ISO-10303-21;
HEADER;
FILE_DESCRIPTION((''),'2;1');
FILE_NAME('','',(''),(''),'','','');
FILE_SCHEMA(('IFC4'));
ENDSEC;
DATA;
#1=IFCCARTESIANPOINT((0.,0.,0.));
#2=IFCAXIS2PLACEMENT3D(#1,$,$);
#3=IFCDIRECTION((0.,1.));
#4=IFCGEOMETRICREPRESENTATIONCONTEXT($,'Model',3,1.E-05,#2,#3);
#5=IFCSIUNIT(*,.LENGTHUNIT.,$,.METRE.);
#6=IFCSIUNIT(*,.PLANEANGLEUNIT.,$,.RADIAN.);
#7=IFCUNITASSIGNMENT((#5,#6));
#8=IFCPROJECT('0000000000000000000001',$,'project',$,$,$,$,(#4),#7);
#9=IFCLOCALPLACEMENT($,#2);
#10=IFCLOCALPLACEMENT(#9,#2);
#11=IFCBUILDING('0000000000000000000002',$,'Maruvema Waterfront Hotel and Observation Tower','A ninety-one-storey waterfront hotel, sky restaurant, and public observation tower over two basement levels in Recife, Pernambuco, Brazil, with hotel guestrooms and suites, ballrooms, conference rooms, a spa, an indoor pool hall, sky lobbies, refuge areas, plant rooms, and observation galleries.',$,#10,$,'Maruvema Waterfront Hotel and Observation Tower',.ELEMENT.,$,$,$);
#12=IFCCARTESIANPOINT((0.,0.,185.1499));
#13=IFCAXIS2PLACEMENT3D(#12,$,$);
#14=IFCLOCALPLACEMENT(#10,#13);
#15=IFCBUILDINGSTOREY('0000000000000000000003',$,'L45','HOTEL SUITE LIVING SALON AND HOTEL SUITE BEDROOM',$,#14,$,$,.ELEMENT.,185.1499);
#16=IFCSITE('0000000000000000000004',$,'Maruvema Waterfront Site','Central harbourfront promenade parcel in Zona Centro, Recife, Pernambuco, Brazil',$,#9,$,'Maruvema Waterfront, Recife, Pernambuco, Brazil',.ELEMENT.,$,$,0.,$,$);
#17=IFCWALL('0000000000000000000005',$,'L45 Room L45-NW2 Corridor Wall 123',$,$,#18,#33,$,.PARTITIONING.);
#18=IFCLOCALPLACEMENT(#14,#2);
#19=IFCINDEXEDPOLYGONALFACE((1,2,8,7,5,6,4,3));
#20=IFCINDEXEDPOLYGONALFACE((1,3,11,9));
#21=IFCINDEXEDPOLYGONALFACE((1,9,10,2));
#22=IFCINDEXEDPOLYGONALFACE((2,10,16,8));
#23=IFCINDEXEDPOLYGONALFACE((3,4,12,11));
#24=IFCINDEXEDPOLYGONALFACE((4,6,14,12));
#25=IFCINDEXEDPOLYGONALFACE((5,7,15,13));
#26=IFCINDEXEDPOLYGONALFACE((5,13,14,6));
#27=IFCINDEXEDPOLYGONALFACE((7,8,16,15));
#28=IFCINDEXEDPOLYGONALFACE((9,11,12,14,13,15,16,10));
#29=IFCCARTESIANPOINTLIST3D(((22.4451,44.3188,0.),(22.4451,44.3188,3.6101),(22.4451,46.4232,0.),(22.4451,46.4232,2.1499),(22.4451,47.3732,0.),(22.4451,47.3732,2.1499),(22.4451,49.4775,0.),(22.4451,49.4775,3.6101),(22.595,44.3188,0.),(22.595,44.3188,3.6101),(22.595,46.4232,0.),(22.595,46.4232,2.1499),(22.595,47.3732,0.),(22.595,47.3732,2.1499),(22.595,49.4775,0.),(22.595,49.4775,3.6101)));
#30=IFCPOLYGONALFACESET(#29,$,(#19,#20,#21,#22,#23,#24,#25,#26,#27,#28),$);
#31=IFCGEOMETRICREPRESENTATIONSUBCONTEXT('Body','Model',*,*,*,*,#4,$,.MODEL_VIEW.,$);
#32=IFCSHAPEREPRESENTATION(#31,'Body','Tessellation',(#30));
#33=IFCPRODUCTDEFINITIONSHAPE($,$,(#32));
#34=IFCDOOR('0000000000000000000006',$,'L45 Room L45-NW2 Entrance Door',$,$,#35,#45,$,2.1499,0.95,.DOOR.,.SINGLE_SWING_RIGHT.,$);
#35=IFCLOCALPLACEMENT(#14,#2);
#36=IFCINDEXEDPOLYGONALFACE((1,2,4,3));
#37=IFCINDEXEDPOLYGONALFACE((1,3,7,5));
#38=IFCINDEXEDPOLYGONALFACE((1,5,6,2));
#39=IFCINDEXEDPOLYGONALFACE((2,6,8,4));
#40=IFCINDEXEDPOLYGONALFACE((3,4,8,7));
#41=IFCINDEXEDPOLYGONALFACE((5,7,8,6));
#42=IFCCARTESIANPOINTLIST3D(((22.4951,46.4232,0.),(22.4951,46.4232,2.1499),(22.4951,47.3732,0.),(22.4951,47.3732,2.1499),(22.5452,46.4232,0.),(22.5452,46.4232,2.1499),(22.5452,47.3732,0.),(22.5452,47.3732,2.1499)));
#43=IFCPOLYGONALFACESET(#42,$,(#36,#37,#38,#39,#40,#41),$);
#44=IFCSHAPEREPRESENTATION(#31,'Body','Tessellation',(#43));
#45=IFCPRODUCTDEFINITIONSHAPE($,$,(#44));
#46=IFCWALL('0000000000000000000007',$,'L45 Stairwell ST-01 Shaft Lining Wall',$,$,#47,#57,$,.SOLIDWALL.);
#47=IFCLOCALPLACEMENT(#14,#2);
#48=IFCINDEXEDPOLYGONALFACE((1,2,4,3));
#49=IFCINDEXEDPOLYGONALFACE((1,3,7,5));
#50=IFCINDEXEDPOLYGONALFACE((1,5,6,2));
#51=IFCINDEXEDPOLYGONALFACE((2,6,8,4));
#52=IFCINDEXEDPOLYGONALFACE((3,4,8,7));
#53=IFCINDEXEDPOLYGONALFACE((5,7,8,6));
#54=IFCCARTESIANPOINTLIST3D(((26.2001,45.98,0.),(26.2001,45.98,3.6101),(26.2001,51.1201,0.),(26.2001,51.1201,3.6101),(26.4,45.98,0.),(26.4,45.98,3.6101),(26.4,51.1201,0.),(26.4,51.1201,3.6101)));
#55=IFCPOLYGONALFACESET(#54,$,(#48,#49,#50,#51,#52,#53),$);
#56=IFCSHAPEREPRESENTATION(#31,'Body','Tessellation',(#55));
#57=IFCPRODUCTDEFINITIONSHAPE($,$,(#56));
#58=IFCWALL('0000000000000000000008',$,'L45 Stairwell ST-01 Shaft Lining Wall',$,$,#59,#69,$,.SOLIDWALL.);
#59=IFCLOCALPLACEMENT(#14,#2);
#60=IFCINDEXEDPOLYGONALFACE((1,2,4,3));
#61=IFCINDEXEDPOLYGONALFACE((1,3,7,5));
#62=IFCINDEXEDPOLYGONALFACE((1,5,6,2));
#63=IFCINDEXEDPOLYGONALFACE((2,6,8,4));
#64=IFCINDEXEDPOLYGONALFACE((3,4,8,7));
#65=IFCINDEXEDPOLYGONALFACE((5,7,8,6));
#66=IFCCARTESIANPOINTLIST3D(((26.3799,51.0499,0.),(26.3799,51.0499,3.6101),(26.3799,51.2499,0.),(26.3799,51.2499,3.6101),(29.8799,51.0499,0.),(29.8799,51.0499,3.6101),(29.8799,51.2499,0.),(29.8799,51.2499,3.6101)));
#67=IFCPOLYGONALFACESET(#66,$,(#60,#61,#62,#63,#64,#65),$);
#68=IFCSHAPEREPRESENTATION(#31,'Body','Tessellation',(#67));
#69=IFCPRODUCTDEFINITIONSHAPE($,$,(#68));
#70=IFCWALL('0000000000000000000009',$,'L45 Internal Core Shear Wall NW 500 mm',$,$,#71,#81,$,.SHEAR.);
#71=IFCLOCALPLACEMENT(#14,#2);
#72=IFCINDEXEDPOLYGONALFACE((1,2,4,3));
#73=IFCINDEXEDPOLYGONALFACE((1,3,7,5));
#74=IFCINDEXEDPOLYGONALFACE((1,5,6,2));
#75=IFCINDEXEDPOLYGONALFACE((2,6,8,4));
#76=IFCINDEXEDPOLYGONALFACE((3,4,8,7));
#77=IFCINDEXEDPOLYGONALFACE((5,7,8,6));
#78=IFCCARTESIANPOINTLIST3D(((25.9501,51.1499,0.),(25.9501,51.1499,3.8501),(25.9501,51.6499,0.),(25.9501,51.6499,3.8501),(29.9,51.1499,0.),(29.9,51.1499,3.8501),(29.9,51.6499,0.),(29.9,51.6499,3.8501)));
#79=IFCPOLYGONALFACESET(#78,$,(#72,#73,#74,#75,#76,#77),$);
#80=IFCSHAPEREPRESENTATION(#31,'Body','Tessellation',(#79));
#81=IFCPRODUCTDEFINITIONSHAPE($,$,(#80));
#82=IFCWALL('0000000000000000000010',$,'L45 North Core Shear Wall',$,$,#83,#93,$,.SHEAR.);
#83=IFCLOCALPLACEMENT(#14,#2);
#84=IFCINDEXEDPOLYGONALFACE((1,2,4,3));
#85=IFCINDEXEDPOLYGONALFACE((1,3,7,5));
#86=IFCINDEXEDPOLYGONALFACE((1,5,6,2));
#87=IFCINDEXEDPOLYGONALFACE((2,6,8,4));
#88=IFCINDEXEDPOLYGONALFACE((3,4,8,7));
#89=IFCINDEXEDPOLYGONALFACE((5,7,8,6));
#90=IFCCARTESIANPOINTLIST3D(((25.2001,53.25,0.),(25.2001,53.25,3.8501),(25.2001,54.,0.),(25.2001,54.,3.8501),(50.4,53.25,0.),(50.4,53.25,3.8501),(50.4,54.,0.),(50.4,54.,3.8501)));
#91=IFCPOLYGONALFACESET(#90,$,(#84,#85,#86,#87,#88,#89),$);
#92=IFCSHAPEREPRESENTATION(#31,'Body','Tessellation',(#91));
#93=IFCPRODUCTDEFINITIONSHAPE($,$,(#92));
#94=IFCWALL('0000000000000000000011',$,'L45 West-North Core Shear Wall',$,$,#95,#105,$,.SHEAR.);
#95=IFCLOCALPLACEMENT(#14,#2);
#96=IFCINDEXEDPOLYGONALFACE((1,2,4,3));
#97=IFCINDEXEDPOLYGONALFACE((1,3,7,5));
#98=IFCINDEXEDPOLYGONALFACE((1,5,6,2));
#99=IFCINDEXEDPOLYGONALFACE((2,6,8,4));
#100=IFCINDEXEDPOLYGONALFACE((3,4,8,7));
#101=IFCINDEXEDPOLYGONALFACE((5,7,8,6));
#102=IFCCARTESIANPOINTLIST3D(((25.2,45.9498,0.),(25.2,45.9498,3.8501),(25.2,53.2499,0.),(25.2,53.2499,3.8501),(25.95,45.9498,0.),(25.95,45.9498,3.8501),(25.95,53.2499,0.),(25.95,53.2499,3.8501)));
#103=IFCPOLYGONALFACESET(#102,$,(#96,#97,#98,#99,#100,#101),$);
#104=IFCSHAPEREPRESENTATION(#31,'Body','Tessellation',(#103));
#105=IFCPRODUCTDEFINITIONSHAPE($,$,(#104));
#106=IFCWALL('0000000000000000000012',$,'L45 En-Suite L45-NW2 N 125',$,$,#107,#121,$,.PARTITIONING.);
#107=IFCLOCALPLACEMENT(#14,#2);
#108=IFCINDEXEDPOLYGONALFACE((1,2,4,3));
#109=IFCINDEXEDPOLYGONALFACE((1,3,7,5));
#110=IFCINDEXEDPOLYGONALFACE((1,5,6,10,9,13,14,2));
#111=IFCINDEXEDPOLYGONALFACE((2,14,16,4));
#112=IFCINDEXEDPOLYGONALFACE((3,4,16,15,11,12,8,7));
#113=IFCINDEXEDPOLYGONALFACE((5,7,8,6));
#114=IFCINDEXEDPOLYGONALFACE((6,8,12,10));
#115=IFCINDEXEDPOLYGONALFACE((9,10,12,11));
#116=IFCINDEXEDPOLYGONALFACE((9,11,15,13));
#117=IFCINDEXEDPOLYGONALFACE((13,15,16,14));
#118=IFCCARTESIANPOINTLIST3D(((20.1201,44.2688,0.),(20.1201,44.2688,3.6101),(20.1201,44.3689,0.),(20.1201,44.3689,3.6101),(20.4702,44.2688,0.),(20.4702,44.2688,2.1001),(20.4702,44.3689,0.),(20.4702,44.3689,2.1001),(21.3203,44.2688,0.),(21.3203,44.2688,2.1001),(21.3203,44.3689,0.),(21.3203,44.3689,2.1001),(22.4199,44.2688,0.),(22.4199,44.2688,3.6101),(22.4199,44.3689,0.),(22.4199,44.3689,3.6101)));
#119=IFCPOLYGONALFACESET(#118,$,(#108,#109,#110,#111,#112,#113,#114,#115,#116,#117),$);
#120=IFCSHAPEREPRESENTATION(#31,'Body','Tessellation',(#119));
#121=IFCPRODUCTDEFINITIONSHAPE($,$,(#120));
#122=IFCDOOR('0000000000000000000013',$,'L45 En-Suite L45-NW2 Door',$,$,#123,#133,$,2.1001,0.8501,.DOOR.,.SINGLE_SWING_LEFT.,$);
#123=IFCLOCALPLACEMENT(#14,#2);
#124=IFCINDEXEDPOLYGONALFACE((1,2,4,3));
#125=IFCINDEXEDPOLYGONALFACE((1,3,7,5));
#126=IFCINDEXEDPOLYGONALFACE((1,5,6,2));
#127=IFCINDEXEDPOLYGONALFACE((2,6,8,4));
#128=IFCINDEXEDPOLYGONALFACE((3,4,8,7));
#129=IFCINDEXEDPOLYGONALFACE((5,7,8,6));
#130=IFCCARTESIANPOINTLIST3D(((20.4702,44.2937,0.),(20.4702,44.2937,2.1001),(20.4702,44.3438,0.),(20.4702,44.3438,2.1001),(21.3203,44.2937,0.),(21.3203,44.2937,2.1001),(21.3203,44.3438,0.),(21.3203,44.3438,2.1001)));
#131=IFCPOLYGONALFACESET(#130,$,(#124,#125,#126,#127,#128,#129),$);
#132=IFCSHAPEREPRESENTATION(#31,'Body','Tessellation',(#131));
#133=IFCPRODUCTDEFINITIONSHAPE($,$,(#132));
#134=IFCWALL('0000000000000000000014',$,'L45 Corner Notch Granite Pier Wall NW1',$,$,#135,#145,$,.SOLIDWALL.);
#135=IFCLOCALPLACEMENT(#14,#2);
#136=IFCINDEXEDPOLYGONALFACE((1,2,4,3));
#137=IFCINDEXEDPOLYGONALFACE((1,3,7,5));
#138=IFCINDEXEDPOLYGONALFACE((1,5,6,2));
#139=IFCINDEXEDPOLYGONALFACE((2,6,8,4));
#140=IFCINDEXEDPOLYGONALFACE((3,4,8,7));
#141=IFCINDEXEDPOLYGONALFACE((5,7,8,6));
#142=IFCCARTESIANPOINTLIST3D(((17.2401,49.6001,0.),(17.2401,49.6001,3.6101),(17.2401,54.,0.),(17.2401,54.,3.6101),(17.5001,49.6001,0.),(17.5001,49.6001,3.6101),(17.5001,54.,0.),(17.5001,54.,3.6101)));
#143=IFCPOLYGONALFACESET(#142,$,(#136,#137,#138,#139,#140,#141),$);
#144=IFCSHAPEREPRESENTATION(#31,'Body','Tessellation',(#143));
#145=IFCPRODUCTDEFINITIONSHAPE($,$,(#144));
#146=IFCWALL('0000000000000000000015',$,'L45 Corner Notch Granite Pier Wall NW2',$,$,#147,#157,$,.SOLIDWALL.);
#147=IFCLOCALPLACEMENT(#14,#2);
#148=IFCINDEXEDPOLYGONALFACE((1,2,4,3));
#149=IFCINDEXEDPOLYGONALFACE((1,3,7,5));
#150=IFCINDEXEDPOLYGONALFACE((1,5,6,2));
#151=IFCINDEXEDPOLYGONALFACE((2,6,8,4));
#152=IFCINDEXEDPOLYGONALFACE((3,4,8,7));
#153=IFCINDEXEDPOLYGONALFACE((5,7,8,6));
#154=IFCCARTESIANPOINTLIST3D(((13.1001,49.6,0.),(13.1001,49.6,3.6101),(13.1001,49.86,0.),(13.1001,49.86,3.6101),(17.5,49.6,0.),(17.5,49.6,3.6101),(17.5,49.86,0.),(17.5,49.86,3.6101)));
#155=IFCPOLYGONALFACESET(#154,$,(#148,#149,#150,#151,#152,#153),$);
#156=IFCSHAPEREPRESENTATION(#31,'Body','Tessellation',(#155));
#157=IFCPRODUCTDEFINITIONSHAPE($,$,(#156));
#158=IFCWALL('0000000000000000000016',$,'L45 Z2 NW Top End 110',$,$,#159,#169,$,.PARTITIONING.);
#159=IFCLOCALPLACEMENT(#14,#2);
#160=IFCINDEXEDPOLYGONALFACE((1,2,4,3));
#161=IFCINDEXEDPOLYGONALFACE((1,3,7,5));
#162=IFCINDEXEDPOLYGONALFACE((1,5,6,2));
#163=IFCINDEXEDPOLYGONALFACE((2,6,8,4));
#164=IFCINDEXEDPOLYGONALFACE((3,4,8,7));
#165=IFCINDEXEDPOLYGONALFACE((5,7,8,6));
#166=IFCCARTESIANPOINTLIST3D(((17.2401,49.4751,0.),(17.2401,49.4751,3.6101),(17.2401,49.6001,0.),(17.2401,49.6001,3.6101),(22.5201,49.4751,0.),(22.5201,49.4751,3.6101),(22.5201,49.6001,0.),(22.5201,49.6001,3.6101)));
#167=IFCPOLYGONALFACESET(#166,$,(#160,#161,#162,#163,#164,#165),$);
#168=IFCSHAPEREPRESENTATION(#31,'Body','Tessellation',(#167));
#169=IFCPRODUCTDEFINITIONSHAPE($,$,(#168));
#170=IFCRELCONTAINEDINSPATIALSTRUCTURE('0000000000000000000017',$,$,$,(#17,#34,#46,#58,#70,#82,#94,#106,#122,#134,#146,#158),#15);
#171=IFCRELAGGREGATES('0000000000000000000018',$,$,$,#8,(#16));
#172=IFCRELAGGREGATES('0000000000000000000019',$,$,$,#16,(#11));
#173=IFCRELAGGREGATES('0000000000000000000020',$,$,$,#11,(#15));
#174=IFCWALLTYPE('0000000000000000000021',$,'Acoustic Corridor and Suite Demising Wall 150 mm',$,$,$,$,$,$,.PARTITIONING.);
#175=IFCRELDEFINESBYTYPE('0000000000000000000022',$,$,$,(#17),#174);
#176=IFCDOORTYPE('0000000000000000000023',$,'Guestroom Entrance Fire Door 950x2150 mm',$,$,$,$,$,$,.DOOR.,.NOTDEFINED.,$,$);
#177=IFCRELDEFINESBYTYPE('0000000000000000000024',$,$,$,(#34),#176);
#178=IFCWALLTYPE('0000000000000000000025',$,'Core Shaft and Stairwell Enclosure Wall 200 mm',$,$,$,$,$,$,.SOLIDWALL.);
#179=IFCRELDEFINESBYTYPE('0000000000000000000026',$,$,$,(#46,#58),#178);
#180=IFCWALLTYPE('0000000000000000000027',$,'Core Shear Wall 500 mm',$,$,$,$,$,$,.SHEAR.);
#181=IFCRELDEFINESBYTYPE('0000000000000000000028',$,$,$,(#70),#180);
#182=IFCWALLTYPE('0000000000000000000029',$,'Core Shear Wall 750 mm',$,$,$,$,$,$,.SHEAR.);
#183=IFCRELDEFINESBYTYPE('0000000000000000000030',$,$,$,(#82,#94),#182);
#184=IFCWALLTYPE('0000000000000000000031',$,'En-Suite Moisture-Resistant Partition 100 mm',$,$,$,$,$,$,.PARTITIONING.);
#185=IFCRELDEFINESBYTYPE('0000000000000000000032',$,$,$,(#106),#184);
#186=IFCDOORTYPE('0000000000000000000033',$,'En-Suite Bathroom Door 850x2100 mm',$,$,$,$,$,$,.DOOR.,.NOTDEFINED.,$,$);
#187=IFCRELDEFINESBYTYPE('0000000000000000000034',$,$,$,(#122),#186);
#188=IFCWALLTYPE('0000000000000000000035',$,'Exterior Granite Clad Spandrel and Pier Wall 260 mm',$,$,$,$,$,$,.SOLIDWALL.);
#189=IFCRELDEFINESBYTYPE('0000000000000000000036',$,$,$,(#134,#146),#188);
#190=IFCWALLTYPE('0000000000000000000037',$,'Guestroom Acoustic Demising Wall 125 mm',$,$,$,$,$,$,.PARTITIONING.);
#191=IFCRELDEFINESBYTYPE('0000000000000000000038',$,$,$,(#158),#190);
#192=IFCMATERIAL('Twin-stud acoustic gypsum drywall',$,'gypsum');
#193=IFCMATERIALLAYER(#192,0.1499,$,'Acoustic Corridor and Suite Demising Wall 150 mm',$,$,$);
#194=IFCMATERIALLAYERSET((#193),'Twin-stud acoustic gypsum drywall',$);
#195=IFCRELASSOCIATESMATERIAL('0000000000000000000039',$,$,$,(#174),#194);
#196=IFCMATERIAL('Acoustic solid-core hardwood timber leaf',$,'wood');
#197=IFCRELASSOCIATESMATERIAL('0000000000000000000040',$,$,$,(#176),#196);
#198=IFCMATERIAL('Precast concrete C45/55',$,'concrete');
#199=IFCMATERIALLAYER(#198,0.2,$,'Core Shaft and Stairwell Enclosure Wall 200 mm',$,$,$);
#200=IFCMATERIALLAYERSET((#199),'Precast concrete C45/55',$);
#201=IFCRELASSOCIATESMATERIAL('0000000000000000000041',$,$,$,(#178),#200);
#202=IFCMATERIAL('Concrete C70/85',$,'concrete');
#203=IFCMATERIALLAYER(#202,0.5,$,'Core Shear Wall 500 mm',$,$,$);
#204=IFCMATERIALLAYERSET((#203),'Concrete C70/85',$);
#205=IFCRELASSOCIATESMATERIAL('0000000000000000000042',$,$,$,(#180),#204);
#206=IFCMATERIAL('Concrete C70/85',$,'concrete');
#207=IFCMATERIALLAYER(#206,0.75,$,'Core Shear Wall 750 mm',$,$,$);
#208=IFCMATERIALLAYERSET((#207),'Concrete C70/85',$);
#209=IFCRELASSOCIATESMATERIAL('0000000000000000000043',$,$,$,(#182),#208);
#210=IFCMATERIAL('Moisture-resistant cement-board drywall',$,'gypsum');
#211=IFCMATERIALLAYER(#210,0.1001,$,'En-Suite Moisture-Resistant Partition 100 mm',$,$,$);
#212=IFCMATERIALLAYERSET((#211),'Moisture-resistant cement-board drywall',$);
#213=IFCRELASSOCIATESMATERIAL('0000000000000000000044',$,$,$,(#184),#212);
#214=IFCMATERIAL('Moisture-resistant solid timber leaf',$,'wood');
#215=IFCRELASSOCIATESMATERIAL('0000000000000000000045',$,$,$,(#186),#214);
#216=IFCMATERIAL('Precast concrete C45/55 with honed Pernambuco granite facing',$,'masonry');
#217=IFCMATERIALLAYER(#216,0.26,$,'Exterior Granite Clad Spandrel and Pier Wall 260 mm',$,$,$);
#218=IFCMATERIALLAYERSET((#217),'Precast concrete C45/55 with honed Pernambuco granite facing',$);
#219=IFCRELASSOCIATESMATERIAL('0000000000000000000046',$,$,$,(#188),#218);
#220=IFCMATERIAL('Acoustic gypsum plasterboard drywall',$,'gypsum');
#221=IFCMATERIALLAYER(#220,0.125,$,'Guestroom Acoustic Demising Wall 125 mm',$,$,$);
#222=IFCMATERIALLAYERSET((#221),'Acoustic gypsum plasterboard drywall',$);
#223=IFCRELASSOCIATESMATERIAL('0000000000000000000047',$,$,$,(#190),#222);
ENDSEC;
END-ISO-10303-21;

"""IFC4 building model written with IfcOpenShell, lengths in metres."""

from ifc_helpers import new_model, si_unit, direction, frame, frame_2d, origin, place, context, subcontext, project, spatial, rectangle, extrude, material, layer, layer_set, type_object, element, fill, save


model = new_model("IFC4")

# Units and contexts
model_context = context("Model", 3, precision=1e-05, world=origin(), true_north=direction((0.0, 1.0)))
body_context = subcontext(model_context, "Body", "Model", "MODEL_VIEW")
ifc_project = project(units=[si_unit("LENGTHUNIT", "METRE"), si_unit("PLANEANGLEUNIT", "RADIAN")], contexts=[model_context])

# Site, building, storey
site_placement = place(None, origin())
site = spatial("IfcSite", under=ifc_project, at=site_placement, Name="Maruvema Waterfront Site", Description="Central harbourfront promenade parcel in Zona Centro, Recife, Pernambuco, Brazil", LongName="Maruvema Waterfront, Recife, Pernambuco, Brazil", CompositionType="ELEMENT", RefElevation=0.0)
building_placement = place(site_placement, origin())
building = spatial("IfcBuilding", under=site, at=building_placement, Name="Maruvema Waterfront Hotel and Observation Tower", Description="A ninety-one-storey waterfront hotel, sky restaurant, and public observation tower over two basement levels in Recife, Pernambuco, Brazil, with hotel guestrooms and suites, ballrooms, conference rooms, a spa, an indoor pool hall, sky lobbies, refuge areas, plant rooms, and observation galleries.", LongName="Maruvema Waterfront Hotel and Observation Tower", CompositionType="ELEMENT")
storey_placement = place(building_placement, frame((0.0, 0.0, 185.1499)))
storey = spatial("IfcBuildingStorey", under=building, at=storey_placement, Name="L45", Description="HOTEL SUITE LIVING SALON AND HOTEL SUITE BEDROOM", CompositionType="ELEMENT", Elevation=185.1499)

# Wall, opening, door
ifc_material_1 = material(Name="Twin-stud acoustic gypsum drywall", Category="gypsum")
ifc_layer_1 = layer(ifc_material_1, 0.1499, Name="Acoustic Corridor and Suite Demising Wall 150 mm")
ifc_layer_set_1 = layer_set([ifc_layer_1], Name="Twin-stud acoustic gypsum drywall")
wall_type_1 = type_object("IfcWallType", Name="Acoustic Corridor and Suite Demising Wall 150 mm", PredefinedType="PARTITIONING", material=ifc_layer_set_1)
wall_1_placement = place(storey_placement, frame((22.52, 44.3188, 0.0), z_axis=(0.0, 0.0, 1.0), x_axis=(0.0, 1.0, 0.0)))
wall_1 = element("IfcWall", 1, at=wall_1_placement, inside=storey, type_object=wall_type_1, Name="L45 Room L45-NW2 Corridor Wall 123", PredefinedType="PARTITIONING", context=body_context, shape_type="SweptSolid", body=[
    extrude(rectangle(XDim=5.1587, YDim=0.1499, at=frame_2d((2.5793, 0.0))), origin(), (0.0, 0.0, 1.0), 3.6101),
])
opening_1_placement = place(wall_1_placement, frame((2.1042, 0.0, 0.0)))
opening_1 = element("IfcOpeningElement", 2, at=opening_1_placement, cuts=wall_1, PredefinedType="OPENING", context=body_context, shape_type="SweptSolid", body=[
    extrude(rectangle(XDim=0.95, YDim=2.1499, at=frame_2d((0.4751, 1.075))), frame((0.0, 0.085, 0.0), z_axis=(0.0, -1.0, 0.0), x_axis=(1.0, 0.0, 0.0)), (0.0, 0.0, 1.0), 0.1699),
])
ifc_material_2 = material(Name="Acoustic solid-core hardwood timber leaf", Category="wood")
door_type_1 = type_object("IfcDoorType", Name="Guestroom Entrance Fire Door 950x2150 mm", OperationType="NOTDEFINED", PredefinedType="DOOR", material=ifc_material_2)
door_1_placement = place(opening_1_placement, origin())
door_1 = element("IfcDoor", 3, at=door_1_placement, inside=storey, type_object=door_type_1, Name="L45 Room L45-NW2 Entrance Door", OperationType="SINGLE_SWING_RIGHT", OverallHeight=2.1499, OverallWidth=0.95, PredefinedType="DOOR", context=body_context, shape_type="SweptSolid", body=[
    extrude(rectangle(XDim=0.95, YDim=2.1499, at=frame_2d((0.4751, 1.075))), frame((0.0, 0.0249, 0.0), z_axis=(0.0, -1.0, 0.0), x_axis=(1.0, 0.0, 0.0)), (0.0, 0.0, 1.0), 0.05),
])
fill(opening_1, door_1)

# Walls
ifc_material_3 = material(Name="Precast concrete C45/55", Category="concrete")
ifc_layer_2 = layer(ifc_material_3, 0.2, Name="Core Shaft and Stairwell Enclosure Wall 200 mm")
ifc_layer_set_2 = layer_set([ifc_layer_2], Name="Precast concrete C45/55")
wall_type_2 = type_object("IfcWallType", Name="Core Shaft and Stairwell Enclosure Wall 200 mm", PredefinedType="SOLIDWALL", material=ifc_layer_set_2)
wall_2_placement = place(storey_placement, frame((26.3, 45.98, 0.0), z_axis=(0.0, 0.0, 1.0), x_axis=(0.0, 1.0, 0.0)))
element("IfcWall", 4, at=wall_2_placement, inside=storey, type_object=wall_type_2, Name="L45 Stairwell ST-01 Shaft Lining Wall", PredefinedType="SOLIDWALL", context=body_context, shape_type="SweptSolid", body=[
    extrude(rectangle(XDim=5.1401, YDim=0.2, at=frame_2d((2.5701, 0.0))), origin(), (0.0, 0.0, 1.0), 3.6101),
])
wall_3_placement = place(storey_placement, frame((26.3799, 51.1499, 0.0), z_axis=(0.0, 0.0, 1.0), x_axis=(1.0, 0.0, 0.0)))
element("IfcWall", 5, at=wall_3_placement, inside=storey, type_object=wall_type_2, Name="L45 Stairwell ST-01 Shaft Lining Wall", PredefinedType="SOLIDWALL", context=body_context, shape_type="SweptSolid", body=[
    extrude(rectangle(XDim=3.5, YDim=0.2, at=frame_2d((1.75, 0.0))), origin(), (0.0, 0.0, 1.0), 3.6101),
])
ifc_material_4 = material(Name="Concrete C70/85", Category="concrete")
ifc_layer_3 = layer(ifc_material_4, 0.5, Name="Core Shear Wall 500 mm")
ifc_layer_set_3 = layer_set([ifc_layer_3], Name="Concrete C70/85")
wall_type_3 = type_object("IfcWallType", Name="Core Shear Wall 500 mm", PredefinedType="SHEAR", material=ifc_layer_set_3)
wall_4_placement = place(storey_placement, frame((25.95, 51.3999, 0.0), z_axis=(0.0, 0.0, 1.0), x_axis=(1.0, 0.0, 0.0)))
element("IfcWall", 6, at=wall_4_placement, inside=storey, type_object=wall_type_3, Name="L45 Internal Core Shear Wall NW 500 mm", PredefinedType="SHEAR", context=body_context, shape_type="SweptSolid", body=[
    extrude(rectangle(XDim=3.95, YDim=0.5, at=frame_2d((1.9751, 0.0))), origin(), (0.0, 0.0, 1.0), 3.8501),
])
ifc_material_5 = material(Name="Concrete C70/85", Category="concrete")
ifc_layer_4 = layer(ifc_material_5, 0.75, Name="Core Shear Wall 750 mm")
ifc_layer_set_4 = layer_set([ifc_layer_4], Name="Concrete C70/85")
wall_type_4 = type_object("IfcWallType", Name="Core Shear Wall 750 mm", PredefinedType="SHEAR", material=ifc_layer_set_4)
wall_5_placement = place(storey_placement, frame((25.2, 53.625, 0.0), z_axis=(0.0, 0.0, 1.0), x_axis=(1.0, 0.0, 0.0)))
element("IfcWall", 7, at=wall_5_placement, inside=storey, type_object=wall_type_4, Name="L45 North Core Shear Wall", PredefinedType="SHEAR", context=body_context, shape_type="SweptSolid", body=[
    extrude(rectangle(XDim=25.2, YDim=0.75, at=frame_2d((12.6001, 0.0))), origin(), (0.0, 0.0, 1.0), 3.8501),
])
wall_6_placement = place(storey_placement, frame((25.575, 45.95, 0.0), z_axis=(0.0, 0.0, 1.0), x_axis=(0.0, 1.0, 0.0)))
element("IfcWall", 8, at=wall_6_placement, inside=storey, type_object=wall_type_4, Name="L45 West-North Core Shear Wall", PredefinedType="SHEAR", context=body_context, shape_type="SweptSolid", body=[
    extrude(rectangle(XDim=7.3, YDim=0.75, at=frame_2d((3.6499, 0.0))), origin(), (0.0, 0.0, 1.0), 3.8501),
])

# Wall, opening, door
ifc_material_6 = material(Name="Moisture-resistant cement-board drywall", Category="gypsum")
ifc_layer_5 = layer(ifc_material_6, 0.1001, Name="En-Suite Moisture-Resistant Partition 100 mm")
ifc_layer_set_5 = layer_set([ifc_layer_5], Name="Moisture-resistant cement-board drywall")
wall_type_5 = type_object("IfcWallType", Name="En-Suite Moisture-Resistant Partition 100 mm", PredefinedType="PARTITIONING", material=ifc_layer_set_5)
wall_7_placement = place(storey_placement, frame((20.1201, 44.3188, 0.0), z_axis=(0.0, 0.0, 1.0), x_axis=(1.0, 0.0, 0.0)))
wall_7 = element("IfcWall", 9, at=wall_7_placement, inside=storey, type_object=wall_type_5, Name="L45 En-Suite L45-NW2 N 125", PredefinedType="PARTITIONING", context=body_context, shape_type="SweptSolid", body=[
    extrude(rectangle(XDim=2.2998, YDim=0.1001, at=frame_2d((1.1499, 0.0))), origin(), (0.0, 0.0, 1.0), 3.6101),
])
opening_2_placement = place(wall_7_placement, frame((0.3501, 0.0, 0.0)))
opening_2 = element("IfcOpeningElement", 10, at=opening_2_placement, cuts=wall_7, PredefinedType="OPENING", context=body_context, shape_type="SweptSolid", body=[
    extrude(rectangle(XDim=0.8501, YDim=2.1001, at=frame_2d((0.425, 1.05))), frame((0.0, 0.0601, 0.0), z_axis=(0.0, -1.0, 0.0), x_axis=(1.0, 0.0, 0.0)), (0.0, 0.0, 1.0), 0.1201),
])
ifc_material_7 = material(Name="Moisture-resistant solid timber leaf", Category="wood")
door_type_2 = type_object("IfcDoorType", Name="En-Suite Bathroom Door 850x2100 mm", OperationType="NOTDEFINED", PredefinedType="DOOR", material=ifc_material_7)
door_2_placement = place(opening_2_placement, origin())
door_2 = element("IfcDoor", 11, at=door_2_placement, inside=storey, type_object=door_type_2, Name="L45 En-Suite L45-NW2 Door", OperationType="SINGLE_SWING_LEFT", OverallHeight=2.1001, OverallWidth=0.8501, PredefinedType="DOOR", context=body_context, shape_type="SweptSolid", body=[
    extrude(rectangle(XDim=0.8501, YDim=2.1001, at=frame_2d((0.425, 1.05))), frame((0.0, 0.0249, 0.0), z_axis=(0.0, -1.0, 0.0), x_axis=(1.0, 0.0, 0.0)), (0.0, 0.0, 1.0), 0.05),
])
fill(opening_2, door_2)

# Walls
ifc_material_8 = material(Name="Precast concrete C45/55 with honed Pernambuco granite facing", Category="masonry")
ifc_layer_6 = layer(ifc_material_8, 0.26, Name="Exterior Granite Clad Spandrel and Pier Wall 260 mm")
ifc_layer_set_6 = layer_set([ifc_layer_6], Name="Precast concrete C45/55 with honed Pernambuco granite facing")
wall_type_6 = type_object("IfcWallType", Name="Exterior Granite Clad Spandrel and Pier Wall 260 mm", PredefinedType="SOLIDWALL", material=ifc_layer_set_6)
for number, where, z_axis, x_axis, name in (
    (12, (17.3701, 49.6001, 0.0), (0.0, 0.0, 1.0), (0.0, 1.0, 0.0), "L45 Corner Notch Granite Pier Wall NW1"),
    (13, (13.1001, 49.73, 0.0), (0.0, 0.0, 1.0), (1.0, 0.0, 0.0), "L45 Corner Notch Granite Pier Wall NW2"),
):
    element("IfcWall", number, at=place(storey_placement, frame(where, z_axis=z_axis, x_axis=x_axis)), inside=storey, type_object=wall_type_6, Name=name, PredefinedType="SOLIDWALL", context=body_context, shape_type="SweptSolid", body=[
        extrude(rectangle(XDim=4.3999, YDim=0.26, at=frame_2d((2.2, 0.0))), origin(), (0.0, 0.0, 1.0), 3.6101),
    ])
ifc_material_9 = material(Name="Acoustic gypsum plasterboard drywall", Category="gypsum")
ifc_layer_7 = layer(ifc_material_9, 0.125, Name="Guestroom Acoustic Demising Wall 125 mm")
ifc_layer_set_7 = layer_set([ifc_layer_7], Name="Acoustic gypsum plasterboard drywall")
wall_type_7 = type_object("IfcWallType", Name="Guestroom Acoustic Demising Wall 125 mm", PredefinedType="PARTITIONING", material=ifc_layer_set_7)
wall_8_placement = place(storey_placement, frame((17.24, 49.5376, 0.0), z_axis=(0.0, 0.0, 1.0), x_axis=(1.0, 0.0, 0.0)))
element("IfcWall", 14, at=wall_8_placement, inside=storey, type_object=wall_type_7, Name="L45 Z2 NW Top End 110", PredefinedType="PARTITIONING", context=body_context, shape_type="SweptSolid", body=[
    extrude(rectangle(XDim=5.28, YDim=0.125, at=frame_2d((2.6401, 0.0))), origin(), (0.0, 0.0, 1.0), 3.6101),
])

save(model, "model.ifc")
